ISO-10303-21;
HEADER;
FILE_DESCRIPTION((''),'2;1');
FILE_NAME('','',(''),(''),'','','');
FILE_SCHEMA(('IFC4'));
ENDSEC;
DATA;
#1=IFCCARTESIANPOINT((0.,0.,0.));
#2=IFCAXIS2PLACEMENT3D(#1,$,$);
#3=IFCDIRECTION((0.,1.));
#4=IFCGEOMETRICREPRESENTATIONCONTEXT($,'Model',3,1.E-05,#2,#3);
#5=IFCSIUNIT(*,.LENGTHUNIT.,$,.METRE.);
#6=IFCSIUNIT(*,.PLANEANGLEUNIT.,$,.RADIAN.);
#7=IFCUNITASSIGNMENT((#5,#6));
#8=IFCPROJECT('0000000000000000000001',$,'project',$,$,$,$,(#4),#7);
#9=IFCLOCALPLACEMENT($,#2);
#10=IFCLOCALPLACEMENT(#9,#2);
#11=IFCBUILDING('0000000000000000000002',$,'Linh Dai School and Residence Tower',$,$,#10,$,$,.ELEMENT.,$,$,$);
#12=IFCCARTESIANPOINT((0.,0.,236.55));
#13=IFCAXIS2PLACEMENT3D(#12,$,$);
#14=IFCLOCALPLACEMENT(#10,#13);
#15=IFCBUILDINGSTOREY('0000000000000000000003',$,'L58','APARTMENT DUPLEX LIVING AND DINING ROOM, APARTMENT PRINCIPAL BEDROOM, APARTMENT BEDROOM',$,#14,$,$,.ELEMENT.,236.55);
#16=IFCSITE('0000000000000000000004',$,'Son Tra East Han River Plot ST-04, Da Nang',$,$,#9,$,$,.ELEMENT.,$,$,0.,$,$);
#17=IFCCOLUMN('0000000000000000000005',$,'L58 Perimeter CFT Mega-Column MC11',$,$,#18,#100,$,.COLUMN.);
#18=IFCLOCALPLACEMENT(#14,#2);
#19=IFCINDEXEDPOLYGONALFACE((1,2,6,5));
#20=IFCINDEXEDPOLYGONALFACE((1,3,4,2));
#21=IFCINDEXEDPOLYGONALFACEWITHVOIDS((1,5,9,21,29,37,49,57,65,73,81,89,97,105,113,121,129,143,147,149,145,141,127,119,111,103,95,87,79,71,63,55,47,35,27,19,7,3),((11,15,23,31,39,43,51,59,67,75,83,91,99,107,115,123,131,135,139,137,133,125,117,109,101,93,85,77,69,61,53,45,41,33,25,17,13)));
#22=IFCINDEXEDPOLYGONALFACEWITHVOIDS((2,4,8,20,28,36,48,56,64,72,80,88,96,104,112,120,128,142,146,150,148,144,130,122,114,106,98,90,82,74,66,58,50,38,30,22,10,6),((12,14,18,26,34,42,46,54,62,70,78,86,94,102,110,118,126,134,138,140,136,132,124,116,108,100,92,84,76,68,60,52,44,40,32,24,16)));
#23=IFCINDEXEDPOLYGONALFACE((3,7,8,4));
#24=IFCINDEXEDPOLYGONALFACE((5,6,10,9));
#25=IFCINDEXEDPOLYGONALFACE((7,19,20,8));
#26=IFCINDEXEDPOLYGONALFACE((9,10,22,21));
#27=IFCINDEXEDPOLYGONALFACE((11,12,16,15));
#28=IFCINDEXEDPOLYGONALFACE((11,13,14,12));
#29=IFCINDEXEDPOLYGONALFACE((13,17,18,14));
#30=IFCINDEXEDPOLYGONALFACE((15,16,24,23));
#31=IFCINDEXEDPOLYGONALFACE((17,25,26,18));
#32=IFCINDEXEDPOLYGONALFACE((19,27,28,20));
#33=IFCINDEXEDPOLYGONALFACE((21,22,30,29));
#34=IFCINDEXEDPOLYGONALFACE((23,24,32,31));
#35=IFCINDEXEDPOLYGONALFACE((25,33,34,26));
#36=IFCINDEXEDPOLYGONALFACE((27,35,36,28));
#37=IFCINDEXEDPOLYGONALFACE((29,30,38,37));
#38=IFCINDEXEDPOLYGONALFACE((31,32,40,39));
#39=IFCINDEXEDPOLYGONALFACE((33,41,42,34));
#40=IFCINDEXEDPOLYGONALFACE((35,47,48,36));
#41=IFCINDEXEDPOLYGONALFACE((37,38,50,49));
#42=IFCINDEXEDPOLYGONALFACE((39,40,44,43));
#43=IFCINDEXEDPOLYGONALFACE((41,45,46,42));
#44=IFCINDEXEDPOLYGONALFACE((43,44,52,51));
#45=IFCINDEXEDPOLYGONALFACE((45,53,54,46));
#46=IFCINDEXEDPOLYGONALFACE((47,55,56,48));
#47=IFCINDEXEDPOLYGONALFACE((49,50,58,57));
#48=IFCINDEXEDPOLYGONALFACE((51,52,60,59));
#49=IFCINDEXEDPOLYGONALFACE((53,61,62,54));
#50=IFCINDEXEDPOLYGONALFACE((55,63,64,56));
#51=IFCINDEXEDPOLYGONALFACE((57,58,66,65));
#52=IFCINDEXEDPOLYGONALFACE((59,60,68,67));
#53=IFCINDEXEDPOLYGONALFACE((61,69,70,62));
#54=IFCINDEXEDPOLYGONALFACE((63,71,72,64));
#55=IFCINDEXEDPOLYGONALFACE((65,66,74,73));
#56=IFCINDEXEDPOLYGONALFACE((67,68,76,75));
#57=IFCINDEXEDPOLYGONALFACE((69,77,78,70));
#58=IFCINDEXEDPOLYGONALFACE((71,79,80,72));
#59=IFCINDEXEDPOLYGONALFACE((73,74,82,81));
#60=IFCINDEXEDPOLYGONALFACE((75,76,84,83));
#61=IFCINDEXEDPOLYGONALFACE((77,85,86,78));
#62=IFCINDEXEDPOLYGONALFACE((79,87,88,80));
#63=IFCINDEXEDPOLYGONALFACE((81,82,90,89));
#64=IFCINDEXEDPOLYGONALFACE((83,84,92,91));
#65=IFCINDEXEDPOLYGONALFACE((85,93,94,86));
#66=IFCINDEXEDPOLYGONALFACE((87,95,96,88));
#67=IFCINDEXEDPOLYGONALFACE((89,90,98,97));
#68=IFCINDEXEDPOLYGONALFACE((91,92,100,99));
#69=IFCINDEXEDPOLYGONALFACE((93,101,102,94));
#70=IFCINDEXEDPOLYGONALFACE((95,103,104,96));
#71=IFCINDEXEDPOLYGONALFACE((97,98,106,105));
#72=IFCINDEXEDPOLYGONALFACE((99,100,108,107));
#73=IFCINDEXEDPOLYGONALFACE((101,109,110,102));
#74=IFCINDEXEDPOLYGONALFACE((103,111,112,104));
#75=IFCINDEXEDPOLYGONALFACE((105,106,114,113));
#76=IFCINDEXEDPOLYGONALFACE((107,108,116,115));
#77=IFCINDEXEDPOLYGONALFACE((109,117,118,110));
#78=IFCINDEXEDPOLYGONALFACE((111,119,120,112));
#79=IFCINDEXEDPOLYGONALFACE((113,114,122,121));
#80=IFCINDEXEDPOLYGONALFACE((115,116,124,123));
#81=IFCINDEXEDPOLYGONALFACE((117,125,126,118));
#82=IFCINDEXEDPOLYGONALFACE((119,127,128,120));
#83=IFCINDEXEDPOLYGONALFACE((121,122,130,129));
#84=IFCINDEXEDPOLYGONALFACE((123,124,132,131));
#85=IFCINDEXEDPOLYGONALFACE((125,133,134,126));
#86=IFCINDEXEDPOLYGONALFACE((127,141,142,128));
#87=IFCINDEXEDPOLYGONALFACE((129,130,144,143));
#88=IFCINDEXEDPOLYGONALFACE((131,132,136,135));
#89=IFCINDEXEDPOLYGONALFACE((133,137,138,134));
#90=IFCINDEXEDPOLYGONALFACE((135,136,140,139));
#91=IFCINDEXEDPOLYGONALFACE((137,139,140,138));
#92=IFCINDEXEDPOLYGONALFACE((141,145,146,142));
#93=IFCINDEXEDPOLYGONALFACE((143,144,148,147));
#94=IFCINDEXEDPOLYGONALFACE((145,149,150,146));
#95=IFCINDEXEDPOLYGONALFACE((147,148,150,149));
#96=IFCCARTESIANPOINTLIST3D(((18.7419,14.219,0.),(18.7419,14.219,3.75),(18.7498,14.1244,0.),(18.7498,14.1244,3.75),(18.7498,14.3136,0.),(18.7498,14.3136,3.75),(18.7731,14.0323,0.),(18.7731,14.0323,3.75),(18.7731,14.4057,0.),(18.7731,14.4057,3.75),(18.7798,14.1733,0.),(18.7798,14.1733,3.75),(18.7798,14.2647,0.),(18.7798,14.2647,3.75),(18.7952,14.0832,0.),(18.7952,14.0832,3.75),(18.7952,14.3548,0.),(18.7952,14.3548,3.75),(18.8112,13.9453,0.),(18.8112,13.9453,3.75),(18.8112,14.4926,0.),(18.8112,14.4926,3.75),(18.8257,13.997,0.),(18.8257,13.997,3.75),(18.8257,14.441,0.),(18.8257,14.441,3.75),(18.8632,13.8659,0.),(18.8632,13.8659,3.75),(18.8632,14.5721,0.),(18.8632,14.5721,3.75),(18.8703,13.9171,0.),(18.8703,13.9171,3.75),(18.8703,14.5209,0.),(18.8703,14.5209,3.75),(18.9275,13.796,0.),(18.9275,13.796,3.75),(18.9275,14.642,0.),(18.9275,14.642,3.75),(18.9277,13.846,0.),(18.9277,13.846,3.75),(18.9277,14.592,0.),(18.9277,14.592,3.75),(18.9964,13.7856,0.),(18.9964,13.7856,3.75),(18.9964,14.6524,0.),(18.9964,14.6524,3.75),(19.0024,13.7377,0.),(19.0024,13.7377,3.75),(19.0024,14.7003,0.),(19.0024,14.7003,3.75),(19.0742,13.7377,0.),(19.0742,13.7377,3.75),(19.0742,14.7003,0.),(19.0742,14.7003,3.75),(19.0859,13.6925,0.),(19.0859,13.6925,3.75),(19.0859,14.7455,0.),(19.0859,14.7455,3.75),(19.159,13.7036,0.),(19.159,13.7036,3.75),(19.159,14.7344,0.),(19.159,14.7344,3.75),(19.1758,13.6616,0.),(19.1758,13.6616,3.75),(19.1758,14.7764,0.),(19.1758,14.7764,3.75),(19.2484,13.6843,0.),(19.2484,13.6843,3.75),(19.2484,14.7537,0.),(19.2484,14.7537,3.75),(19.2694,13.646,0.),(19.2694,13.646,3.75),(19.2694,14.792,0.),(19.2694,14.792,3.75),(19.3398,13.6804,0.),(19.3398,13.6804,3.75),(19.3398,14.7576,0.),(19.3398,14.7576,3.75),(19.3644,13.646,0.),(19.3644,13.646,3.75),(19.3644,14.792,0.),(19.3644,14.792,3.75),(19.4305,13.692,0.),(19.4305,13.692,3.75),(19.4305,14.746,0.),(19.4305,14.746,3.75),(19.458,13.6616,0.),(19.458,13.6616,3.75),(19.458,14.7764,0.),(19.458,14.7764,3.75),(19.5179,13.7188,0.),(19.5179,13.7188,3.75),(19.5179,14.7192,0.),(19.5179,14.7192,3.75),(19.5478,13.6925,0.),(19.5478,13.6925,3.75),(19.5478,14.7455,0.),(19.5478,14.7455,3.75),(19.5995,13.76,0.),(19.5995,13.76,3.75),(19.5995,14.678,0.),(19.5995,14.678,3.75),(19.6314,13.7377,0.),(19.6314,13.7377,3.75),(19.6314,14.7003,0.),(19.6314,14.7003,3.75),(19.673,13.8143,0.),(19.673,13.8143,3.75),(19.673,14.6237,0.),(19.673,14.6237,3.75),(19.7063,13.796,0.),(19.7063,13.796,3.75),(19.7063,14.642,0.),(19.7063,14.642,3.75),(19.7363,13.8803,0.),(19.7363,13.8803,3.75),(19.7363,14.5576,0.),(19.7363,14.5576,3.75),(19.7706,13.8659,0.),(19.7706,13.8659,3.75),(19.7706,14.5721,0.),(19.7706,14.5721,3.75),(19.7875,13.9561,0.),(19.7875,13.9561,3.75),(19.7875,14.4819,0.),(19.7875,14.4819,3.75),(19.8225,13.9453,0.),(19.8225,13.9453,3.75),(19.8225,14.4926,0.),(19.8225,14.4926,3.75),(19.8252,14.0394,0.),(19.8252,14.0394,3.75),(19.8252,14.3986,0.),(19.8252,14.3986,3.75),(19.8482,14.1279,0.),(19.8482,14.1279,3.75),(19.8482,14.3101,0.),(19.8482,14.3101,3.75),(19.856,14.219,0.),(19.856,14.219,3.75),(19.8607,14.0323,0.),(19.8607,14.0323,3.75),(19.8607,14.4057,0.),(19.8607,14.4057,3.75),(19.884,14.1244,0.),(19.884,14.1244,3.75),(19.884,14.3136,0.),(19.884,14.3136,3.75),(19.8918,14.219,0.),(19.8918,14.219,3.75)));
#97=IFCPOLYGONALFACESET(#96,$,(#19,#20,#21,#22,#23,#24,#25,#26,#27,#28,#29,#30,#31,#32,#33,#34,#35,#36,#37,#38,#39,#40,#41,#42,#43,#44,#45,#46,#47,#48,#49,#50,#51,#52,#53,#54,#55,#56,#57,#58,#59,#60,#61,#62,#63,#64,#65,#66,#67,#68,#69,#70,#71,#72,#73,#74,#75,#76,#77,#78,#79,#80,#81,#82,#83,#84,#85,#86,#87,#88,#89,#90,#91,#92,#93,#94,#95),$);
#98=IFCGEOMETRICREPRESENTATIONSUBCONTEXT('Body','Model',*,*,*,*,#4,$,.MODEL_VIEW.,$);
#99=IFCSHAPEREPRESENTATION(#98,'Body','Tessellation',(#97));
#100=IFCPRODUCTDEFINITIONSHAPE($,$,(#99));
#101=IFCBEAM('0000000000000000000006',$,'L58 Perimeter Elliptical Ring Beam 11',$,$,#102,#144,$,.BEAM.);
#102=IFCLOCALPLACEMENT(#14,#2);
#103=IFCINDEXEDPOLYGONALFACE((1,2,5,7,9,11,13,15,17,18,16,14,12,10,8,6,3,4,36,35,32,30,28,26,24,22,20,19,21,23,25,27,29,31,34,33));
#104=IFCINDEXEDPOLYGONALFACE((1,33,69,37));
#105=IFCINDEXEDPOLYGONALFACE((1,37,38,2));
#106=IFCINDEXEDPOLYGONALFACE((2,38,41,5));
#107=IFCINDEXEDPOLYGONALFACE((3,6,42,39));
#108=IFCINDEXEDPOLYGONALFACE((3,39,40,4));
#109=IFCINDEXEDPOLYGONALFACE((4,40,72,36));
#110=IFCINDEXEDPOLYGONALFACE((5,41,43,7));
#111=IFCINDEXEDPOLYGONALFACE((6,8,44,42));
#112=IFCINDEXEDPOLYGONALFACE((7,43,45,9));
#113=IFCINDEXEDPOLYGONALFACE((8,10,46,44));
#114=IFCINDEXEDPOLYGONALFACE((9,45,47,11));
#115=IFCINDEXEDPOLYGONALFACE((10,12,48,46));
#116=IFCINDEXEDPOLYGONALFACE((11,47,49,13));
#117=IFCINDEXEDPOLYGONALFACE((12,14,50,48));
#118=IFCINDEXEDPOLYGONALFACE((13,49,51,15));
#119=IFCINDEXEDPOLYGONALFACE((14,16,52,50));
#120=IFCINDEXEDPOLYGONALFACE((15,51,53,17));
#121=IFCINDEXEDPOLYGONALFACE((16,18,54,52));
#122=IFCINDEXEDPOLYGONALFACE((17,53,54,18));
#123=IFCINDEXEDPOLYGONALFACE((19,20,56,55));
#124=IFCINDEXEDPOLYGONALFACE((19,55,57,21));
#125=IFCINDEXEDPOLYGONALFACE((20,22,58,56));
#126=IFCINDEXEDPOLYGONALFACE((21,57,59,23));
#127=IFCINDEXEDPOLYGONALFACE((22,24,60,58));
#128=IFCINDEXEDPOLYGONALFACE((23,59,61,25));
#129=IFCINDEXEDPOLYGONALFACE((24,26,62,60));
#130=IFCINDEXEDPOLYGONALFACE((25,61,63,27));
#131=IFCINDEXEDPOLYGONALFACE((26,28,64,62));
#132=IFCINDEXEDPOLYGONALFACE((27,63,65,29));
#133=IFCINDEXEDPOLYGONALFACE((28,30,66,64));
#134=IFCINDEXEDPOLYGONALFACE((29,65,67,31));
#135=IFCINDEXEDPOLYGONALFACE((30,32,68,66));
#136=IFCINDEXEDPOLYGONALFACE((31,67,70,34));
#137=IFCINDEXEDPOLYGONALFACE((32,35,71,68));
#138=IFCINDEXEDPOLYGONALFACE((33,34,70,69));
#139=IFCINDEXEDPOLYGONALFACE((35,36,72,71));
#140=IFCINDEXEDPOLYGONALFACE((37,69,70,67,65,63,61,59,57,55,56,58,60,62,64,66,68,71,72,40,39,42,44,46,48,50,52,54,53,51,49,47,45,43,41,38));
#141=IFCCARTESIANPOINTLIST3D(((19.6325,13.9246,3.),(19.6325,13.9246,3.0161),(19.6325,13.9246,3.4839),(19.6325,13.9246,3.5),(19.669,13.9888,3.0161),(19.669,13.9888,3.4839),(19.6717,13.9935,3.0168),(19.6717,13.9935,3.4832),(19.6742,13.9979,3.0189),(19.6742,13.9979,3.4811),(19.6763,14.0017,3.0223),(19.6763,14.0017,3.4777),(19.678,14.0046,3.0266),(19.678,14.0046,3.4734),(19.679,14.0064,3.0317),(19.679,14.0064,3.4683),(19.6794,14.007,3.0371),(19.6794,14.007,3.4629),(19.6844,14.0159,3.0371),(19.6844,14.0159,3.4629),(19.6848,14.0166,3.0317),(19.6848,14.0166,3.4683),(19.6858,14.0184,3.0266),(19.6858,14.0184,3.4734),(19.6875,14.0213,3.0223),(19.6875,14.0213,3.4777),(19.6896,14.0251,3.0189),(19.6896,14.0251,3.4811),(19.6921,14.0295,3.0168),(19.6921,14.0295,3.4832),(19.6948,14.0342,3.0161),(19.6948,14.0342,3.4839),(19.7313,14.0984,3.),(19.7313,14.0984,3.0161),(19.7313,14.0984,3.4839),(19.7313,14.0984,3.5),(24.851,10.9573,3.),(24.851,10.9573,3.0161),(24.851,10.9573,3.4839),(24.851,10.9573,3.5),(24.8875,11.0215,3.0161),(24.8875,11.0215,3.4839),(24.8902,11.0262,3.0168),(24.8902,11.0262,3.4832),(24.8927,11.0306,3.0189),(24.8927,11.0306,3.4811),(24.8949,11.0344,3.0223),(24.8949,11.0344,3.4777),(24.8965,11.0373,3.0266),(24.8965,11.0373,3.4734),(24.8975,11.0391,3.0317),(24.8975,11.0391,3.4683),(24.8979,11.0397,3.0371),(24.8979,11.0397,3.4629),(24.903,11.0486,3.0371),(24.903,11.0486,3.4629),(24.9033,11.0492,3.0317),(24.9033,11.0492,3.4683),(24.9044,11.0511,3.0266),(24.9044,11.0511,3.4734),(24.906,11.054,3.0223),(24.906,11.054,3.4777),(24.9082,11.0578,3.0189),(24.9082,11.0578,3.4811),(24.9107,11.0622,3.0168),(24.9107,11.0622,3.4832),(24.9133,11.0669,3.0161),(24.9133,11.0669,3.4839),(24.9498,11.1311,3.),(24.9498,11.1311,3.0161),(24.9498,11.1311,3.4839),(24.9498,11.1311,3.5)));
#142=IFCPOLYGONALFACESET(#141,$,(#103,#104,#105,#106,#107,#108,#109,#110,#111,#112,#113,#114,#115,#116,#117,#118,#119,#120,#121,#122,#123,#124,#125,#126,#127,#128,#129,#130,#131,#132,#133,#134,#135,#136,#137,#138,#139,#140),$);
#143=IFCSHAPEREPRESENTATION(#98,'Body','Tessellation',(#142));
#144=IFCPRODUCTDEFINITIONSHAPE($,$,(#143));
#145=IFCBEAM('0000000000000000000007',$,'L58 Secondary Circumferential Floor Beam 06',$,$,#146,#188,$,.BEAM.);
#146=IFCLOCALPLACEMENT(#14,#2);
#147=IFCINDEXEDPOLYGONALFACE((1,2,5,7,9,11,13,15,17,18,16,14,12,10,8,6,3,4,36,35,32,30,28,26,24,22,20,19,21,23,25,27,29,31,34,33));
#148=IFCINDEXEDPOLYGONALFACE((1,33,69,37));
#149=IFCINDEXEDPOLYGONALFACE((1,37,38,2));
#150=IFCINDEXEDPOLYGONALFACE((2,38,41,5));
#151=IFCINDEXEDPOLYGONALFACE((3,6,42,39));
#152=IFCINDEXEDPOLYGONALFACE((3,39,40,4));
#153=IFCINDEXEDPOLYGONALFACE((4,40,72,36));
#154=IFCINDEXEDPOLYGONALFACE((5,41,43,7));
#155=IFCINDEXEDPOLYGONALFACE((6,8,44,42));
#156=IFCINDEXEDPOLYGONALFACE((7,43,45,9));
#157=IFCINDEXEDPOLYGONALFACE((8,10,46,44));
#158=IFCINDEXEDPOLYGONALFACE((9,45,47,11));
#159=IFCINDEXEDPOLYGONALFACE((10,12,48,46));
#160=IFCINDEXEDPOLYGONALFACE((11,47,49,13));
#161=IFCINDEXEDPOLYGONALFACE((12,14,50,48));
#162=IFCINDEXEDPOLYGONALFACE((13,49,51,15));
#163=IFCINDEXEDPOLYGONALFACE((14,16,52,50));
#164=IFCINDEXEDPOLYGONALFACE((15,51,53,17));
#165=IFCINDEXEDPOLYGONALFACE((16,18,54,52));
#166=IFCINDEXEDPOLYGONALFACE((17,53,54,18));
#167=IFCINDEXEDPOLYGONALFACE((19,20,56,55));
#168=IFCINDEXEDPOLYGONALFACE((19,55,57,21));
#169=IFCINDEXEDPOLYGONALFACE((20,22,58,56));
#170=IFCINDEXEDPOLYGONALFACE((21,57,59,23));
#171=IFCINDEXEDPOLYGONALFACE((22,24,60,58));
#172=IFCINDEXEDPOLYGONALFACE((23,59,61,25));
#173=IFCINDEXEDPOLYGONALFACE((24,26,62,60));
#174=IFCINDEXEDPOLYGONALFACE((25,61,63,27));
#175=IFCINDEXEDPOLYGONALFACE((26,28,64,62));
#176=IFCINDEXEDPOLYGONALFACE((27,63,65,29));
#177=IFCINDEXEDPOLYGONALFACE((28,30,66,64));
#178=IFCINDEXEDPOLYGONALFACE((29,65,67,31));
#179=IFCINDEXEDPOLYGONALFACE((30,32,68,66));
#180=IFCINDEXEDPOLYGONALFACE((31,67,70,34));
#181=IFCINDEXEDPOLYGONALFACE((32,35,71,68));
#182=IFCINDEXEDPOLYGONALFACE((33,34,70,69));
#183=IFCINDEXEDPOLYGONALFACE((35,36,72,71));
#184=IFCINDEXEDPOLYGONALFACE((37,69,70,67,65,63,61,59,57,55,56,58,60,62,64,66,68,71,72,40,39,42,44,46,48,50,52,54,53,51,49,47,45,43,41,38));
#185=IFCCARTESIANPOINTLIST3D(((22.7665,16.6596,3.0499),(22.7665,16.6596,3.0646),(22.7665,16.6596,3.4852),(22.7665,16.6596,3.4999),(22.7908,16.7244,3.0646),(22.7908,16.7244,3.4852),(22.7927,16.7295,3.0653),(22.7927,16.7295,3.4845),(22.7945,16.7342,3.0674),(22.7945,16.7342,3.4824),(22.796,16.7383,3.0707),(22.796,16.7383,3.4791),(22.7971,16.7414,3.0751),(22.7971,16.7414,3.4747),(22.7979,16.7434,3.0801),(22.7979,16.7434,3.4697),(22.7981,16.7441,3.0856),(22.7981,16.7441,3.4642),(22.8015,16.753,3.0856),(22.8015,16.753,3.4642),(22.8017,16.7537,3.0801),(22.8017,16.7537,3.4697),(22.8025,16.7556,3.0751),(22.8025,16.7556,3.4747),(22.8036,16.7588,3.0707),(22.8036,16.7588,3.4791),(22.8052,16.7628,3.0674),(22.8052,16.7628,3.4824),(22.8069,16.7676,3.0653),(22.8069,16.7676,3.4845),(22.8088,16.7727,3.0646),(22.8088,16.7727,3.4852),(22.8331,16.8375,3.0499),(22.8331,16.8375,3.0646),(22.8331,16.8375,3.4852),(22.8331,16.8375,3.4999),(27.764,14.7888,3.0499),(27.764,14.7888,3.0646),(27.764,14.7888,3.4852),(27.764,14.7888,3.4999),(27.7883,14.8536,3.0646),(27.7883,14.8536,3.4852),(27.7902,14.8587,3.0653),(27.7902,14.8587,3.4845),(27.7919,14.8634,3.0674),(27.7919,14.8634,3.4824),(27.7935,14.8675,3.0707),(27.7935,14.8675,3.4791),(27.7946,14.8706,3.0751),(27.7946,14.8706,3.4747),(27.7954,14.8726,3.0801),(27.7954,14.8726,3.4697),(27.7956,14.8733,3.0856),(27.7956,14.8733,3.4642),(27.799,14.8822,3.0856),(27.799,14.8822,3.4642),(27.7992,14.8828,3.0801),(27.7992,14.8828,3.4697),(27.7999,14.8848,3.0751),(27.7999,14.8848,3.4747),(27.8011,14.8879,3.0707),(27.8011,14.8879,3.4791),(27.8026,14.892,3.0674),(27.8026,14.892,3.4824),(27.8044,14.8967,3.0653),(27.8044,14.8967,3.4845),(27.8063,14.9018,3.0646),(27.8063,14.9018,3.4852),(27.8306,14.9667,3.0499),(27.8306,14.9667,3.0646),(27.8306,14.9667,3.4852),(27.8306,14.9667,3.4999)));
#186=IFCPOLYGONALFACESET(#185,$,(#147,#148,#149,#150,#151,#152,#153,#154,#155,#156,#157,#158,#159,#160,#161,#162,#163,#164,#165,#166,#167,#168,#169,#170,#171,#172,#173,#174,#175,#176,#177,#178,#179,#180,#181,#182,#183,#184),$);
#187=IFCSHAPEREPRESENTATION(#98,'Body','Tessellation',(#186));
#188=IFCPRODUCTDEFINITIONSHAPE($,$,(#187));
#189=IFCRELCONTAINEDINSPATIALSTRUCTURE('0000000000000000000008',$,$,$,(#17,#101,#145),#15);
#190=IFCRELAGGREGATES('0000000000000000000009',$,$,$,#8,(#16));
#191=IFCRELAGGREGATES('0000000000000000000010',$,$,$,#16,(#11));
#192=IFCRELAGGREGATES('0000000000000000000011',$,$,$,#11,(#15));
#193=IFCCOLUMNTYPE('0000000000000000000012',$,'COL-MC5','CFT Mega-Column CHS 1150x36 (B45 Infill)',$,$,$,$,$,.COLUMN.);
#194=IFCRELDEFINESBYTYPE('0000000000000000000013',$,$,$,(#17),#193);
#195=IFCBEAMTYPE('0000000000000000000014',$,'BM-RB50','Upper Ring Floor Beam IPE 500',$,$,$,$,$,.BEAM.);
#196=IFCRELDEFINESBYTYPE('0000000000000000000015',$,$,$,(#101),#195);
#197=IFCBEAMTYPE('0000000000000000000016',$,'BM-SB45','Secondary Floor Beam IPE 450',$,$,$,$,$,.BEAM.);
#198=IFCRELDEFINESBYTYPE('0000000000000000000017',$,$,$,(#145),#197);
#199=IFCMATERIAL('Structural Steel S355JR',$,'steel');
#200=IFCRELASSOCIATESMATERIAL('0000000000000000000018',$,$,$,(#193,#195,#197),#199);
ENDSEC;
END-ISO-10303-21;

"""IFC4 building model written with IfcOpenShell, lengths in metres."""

from ifc_helpers import new_model, si_unit, direction, frame, origin, origin_2d, place, context, subcontext, project, spatial, hollow_circle, i_section, extrude, material, material_profile, profile_set, type_object, element, save


model = new_model("IFC4")

# Units and contexts
model_context = context("Model", 3, precision=1e-05, world=origin(), true_north=direction((0.0, 1.0)))
body_context = subcontext(model_context, "Body", "Model", "MODEL_VIEW")
ifc_project = project(units=[si_unit("LENGTHUNIT", "METRE"), si_unit("PLANEANGLEUNIT", "RADIAN")], contexts=[model_context])

# Site, building, storey
site_placement = place(None, origin())
site = spatial("IfcSite", under=ifc_project, at=site_placement, Name="Son Tra East Han River Plot ST-04, Da Nang", CompositionType="ELEMENT", RefElevation=0.0)
building_placement = place(site_placement, origin())
building = spatial("IfcBuilding", under=site, at=building_placement, Name="Linh Dai School and Residence Tower", CompositionType="ELEMENT")
storey_placement = place(building_placement, frame((0.0, 0.0, 236.55)))
storey = spatial("IfcBuildingStorey", under=building, at=storey_placement, Name="L58", Description="APARTMENT DUPLEX LIVING AND DINING ROOM, APARTMENT PRINCIPAL BEDROOM, APARTMENT BEDROOM", CompositionType="ELEMENT", Elevation=236.55)

# Column
ifc_material_1 = material(Name="Structural Steel S355JR", Category="steel")
ifc_material_profile_1 = material_profile(ifc_material_1, hollow_circle(Radius=0.575, WallThickness=0.0359, at=origin_2d()), Name="CHS 1150x36")
ifc_profile_set_1 = profile_set([ifc_material_profile_1], Name="Structural Steel S355JR")
column_type = type_object("IfcColumnType", Name="COL-MC5", Description="CFT Mega-Column CHS 1150x36 (B45 Infill)", PredefinedType="COLUMN", material=ifc_profile_set_1)
column_placement = place(storey_placement, frame((19.3169, 14.219, 0.0), z_axis=(0.0, 0.0, 1.0), x_axis=(1.0, 0.0, 0.0)))
element("IfcColumn", 1, at=column_placement, inside=storey, type_object=column_type, Name="L58 Perimeter CFT Mega-Column MC11", PredefinedType="COLUMN", context=body_context, shape_type="SweptSolid", body=[
    extrude(hollow_circle(Radius=0.575, WallThickness=0.0359, at=origin_2d()), origin(), (0.0, 0.0, 1.0), 3.75),
])

# Beams
ifc_material_profile_2 = material_profile(ifc_material_1, i_section(OverallWidth=0.2, OverallDepth=0.5, WebThickness=0.0103, FlangeThickness=0.0161, FilletRadius=0.021, at=origin_2d()), Name="IPE 500")
ifc_profile_set_2 = profile_set([ifc_material_profile_2], Name="Structural Steel S355JR")
beam_type_1 = type_object("IfcBeamType", Name="BM-RB50", Description="Upper Ring Floor Beam IPE 500", PredefinedType="BEAM", material=ifc_profile_set_2)
beam_1_placement = place(storey_placement, frame((19.6819, 14.0115, 3.25), z_axis=(0.869297, -0.49429, 0.0), x_axis=(0.49429, 0.869297, 0.0)))
element("IfcBeam", 2, at=beam_1_placement, inside=storey, type_object=beam_type_1, Name="L58 Perimeter Elliptical Ring Beam 11", PredefinedType="BEAM", context=body_context, shape_type="SweptSolid", body=[
    extrude(i_section(OverallWidth=0.2, OverallDepth=0.5, WebThickness=0.0103, FlangeThickness=0.0161, FilletRadius=0.021, at=origin_2d()), origin(), (0.0, 0.0, 1.0), 6.0032),
])
ifc_material_profile_3 = material_profile(ifc_material_1, i_section(OverallWidth=0.1899, OverallDepth=0.45, WebThickness=0.0095, FlangeThickness=0.0146, FilletRadius=0.021, at=origin_2d()), Name="IPE 450")
ifc_profile_set_3 = profile_set([ifc_material_profile_3], Name="Structural Steel S355JR")
beam_type_2 = type_object("IfcBeamType", Name="BM-SB45", Description="Secondary Floor Beam IPE 450", PredefinedType="BEAM", material=ifc_profile_set_3)
beam_2_placement = place(storey_placement, frame((22.7998, 16.7485, 3.2749), z_axis=(0.936528, -0.350592, 0.0), x_axis=(0.350592, 0.936528, 0.0)))
element("IfcBeam", 3, at=beam_2_placement, inside=storey, type_object=beam_type_2, Name="L58 Secondary Circumferential Floor Beam 06", PredefinedType="BEAM", context=body_context, shape_type="SweptSolid", body=[
    extrude(i_section(OverallWidth=0.1899, OverallDepth=0.45, WebThickness=0.0095, FlangeThickness=0.0146, FilletRadius=0.021, at=origin_2d()), origin(), (0.0, 0.0, 1.0), 5.3362),
])

save(model, "model.ifc")
